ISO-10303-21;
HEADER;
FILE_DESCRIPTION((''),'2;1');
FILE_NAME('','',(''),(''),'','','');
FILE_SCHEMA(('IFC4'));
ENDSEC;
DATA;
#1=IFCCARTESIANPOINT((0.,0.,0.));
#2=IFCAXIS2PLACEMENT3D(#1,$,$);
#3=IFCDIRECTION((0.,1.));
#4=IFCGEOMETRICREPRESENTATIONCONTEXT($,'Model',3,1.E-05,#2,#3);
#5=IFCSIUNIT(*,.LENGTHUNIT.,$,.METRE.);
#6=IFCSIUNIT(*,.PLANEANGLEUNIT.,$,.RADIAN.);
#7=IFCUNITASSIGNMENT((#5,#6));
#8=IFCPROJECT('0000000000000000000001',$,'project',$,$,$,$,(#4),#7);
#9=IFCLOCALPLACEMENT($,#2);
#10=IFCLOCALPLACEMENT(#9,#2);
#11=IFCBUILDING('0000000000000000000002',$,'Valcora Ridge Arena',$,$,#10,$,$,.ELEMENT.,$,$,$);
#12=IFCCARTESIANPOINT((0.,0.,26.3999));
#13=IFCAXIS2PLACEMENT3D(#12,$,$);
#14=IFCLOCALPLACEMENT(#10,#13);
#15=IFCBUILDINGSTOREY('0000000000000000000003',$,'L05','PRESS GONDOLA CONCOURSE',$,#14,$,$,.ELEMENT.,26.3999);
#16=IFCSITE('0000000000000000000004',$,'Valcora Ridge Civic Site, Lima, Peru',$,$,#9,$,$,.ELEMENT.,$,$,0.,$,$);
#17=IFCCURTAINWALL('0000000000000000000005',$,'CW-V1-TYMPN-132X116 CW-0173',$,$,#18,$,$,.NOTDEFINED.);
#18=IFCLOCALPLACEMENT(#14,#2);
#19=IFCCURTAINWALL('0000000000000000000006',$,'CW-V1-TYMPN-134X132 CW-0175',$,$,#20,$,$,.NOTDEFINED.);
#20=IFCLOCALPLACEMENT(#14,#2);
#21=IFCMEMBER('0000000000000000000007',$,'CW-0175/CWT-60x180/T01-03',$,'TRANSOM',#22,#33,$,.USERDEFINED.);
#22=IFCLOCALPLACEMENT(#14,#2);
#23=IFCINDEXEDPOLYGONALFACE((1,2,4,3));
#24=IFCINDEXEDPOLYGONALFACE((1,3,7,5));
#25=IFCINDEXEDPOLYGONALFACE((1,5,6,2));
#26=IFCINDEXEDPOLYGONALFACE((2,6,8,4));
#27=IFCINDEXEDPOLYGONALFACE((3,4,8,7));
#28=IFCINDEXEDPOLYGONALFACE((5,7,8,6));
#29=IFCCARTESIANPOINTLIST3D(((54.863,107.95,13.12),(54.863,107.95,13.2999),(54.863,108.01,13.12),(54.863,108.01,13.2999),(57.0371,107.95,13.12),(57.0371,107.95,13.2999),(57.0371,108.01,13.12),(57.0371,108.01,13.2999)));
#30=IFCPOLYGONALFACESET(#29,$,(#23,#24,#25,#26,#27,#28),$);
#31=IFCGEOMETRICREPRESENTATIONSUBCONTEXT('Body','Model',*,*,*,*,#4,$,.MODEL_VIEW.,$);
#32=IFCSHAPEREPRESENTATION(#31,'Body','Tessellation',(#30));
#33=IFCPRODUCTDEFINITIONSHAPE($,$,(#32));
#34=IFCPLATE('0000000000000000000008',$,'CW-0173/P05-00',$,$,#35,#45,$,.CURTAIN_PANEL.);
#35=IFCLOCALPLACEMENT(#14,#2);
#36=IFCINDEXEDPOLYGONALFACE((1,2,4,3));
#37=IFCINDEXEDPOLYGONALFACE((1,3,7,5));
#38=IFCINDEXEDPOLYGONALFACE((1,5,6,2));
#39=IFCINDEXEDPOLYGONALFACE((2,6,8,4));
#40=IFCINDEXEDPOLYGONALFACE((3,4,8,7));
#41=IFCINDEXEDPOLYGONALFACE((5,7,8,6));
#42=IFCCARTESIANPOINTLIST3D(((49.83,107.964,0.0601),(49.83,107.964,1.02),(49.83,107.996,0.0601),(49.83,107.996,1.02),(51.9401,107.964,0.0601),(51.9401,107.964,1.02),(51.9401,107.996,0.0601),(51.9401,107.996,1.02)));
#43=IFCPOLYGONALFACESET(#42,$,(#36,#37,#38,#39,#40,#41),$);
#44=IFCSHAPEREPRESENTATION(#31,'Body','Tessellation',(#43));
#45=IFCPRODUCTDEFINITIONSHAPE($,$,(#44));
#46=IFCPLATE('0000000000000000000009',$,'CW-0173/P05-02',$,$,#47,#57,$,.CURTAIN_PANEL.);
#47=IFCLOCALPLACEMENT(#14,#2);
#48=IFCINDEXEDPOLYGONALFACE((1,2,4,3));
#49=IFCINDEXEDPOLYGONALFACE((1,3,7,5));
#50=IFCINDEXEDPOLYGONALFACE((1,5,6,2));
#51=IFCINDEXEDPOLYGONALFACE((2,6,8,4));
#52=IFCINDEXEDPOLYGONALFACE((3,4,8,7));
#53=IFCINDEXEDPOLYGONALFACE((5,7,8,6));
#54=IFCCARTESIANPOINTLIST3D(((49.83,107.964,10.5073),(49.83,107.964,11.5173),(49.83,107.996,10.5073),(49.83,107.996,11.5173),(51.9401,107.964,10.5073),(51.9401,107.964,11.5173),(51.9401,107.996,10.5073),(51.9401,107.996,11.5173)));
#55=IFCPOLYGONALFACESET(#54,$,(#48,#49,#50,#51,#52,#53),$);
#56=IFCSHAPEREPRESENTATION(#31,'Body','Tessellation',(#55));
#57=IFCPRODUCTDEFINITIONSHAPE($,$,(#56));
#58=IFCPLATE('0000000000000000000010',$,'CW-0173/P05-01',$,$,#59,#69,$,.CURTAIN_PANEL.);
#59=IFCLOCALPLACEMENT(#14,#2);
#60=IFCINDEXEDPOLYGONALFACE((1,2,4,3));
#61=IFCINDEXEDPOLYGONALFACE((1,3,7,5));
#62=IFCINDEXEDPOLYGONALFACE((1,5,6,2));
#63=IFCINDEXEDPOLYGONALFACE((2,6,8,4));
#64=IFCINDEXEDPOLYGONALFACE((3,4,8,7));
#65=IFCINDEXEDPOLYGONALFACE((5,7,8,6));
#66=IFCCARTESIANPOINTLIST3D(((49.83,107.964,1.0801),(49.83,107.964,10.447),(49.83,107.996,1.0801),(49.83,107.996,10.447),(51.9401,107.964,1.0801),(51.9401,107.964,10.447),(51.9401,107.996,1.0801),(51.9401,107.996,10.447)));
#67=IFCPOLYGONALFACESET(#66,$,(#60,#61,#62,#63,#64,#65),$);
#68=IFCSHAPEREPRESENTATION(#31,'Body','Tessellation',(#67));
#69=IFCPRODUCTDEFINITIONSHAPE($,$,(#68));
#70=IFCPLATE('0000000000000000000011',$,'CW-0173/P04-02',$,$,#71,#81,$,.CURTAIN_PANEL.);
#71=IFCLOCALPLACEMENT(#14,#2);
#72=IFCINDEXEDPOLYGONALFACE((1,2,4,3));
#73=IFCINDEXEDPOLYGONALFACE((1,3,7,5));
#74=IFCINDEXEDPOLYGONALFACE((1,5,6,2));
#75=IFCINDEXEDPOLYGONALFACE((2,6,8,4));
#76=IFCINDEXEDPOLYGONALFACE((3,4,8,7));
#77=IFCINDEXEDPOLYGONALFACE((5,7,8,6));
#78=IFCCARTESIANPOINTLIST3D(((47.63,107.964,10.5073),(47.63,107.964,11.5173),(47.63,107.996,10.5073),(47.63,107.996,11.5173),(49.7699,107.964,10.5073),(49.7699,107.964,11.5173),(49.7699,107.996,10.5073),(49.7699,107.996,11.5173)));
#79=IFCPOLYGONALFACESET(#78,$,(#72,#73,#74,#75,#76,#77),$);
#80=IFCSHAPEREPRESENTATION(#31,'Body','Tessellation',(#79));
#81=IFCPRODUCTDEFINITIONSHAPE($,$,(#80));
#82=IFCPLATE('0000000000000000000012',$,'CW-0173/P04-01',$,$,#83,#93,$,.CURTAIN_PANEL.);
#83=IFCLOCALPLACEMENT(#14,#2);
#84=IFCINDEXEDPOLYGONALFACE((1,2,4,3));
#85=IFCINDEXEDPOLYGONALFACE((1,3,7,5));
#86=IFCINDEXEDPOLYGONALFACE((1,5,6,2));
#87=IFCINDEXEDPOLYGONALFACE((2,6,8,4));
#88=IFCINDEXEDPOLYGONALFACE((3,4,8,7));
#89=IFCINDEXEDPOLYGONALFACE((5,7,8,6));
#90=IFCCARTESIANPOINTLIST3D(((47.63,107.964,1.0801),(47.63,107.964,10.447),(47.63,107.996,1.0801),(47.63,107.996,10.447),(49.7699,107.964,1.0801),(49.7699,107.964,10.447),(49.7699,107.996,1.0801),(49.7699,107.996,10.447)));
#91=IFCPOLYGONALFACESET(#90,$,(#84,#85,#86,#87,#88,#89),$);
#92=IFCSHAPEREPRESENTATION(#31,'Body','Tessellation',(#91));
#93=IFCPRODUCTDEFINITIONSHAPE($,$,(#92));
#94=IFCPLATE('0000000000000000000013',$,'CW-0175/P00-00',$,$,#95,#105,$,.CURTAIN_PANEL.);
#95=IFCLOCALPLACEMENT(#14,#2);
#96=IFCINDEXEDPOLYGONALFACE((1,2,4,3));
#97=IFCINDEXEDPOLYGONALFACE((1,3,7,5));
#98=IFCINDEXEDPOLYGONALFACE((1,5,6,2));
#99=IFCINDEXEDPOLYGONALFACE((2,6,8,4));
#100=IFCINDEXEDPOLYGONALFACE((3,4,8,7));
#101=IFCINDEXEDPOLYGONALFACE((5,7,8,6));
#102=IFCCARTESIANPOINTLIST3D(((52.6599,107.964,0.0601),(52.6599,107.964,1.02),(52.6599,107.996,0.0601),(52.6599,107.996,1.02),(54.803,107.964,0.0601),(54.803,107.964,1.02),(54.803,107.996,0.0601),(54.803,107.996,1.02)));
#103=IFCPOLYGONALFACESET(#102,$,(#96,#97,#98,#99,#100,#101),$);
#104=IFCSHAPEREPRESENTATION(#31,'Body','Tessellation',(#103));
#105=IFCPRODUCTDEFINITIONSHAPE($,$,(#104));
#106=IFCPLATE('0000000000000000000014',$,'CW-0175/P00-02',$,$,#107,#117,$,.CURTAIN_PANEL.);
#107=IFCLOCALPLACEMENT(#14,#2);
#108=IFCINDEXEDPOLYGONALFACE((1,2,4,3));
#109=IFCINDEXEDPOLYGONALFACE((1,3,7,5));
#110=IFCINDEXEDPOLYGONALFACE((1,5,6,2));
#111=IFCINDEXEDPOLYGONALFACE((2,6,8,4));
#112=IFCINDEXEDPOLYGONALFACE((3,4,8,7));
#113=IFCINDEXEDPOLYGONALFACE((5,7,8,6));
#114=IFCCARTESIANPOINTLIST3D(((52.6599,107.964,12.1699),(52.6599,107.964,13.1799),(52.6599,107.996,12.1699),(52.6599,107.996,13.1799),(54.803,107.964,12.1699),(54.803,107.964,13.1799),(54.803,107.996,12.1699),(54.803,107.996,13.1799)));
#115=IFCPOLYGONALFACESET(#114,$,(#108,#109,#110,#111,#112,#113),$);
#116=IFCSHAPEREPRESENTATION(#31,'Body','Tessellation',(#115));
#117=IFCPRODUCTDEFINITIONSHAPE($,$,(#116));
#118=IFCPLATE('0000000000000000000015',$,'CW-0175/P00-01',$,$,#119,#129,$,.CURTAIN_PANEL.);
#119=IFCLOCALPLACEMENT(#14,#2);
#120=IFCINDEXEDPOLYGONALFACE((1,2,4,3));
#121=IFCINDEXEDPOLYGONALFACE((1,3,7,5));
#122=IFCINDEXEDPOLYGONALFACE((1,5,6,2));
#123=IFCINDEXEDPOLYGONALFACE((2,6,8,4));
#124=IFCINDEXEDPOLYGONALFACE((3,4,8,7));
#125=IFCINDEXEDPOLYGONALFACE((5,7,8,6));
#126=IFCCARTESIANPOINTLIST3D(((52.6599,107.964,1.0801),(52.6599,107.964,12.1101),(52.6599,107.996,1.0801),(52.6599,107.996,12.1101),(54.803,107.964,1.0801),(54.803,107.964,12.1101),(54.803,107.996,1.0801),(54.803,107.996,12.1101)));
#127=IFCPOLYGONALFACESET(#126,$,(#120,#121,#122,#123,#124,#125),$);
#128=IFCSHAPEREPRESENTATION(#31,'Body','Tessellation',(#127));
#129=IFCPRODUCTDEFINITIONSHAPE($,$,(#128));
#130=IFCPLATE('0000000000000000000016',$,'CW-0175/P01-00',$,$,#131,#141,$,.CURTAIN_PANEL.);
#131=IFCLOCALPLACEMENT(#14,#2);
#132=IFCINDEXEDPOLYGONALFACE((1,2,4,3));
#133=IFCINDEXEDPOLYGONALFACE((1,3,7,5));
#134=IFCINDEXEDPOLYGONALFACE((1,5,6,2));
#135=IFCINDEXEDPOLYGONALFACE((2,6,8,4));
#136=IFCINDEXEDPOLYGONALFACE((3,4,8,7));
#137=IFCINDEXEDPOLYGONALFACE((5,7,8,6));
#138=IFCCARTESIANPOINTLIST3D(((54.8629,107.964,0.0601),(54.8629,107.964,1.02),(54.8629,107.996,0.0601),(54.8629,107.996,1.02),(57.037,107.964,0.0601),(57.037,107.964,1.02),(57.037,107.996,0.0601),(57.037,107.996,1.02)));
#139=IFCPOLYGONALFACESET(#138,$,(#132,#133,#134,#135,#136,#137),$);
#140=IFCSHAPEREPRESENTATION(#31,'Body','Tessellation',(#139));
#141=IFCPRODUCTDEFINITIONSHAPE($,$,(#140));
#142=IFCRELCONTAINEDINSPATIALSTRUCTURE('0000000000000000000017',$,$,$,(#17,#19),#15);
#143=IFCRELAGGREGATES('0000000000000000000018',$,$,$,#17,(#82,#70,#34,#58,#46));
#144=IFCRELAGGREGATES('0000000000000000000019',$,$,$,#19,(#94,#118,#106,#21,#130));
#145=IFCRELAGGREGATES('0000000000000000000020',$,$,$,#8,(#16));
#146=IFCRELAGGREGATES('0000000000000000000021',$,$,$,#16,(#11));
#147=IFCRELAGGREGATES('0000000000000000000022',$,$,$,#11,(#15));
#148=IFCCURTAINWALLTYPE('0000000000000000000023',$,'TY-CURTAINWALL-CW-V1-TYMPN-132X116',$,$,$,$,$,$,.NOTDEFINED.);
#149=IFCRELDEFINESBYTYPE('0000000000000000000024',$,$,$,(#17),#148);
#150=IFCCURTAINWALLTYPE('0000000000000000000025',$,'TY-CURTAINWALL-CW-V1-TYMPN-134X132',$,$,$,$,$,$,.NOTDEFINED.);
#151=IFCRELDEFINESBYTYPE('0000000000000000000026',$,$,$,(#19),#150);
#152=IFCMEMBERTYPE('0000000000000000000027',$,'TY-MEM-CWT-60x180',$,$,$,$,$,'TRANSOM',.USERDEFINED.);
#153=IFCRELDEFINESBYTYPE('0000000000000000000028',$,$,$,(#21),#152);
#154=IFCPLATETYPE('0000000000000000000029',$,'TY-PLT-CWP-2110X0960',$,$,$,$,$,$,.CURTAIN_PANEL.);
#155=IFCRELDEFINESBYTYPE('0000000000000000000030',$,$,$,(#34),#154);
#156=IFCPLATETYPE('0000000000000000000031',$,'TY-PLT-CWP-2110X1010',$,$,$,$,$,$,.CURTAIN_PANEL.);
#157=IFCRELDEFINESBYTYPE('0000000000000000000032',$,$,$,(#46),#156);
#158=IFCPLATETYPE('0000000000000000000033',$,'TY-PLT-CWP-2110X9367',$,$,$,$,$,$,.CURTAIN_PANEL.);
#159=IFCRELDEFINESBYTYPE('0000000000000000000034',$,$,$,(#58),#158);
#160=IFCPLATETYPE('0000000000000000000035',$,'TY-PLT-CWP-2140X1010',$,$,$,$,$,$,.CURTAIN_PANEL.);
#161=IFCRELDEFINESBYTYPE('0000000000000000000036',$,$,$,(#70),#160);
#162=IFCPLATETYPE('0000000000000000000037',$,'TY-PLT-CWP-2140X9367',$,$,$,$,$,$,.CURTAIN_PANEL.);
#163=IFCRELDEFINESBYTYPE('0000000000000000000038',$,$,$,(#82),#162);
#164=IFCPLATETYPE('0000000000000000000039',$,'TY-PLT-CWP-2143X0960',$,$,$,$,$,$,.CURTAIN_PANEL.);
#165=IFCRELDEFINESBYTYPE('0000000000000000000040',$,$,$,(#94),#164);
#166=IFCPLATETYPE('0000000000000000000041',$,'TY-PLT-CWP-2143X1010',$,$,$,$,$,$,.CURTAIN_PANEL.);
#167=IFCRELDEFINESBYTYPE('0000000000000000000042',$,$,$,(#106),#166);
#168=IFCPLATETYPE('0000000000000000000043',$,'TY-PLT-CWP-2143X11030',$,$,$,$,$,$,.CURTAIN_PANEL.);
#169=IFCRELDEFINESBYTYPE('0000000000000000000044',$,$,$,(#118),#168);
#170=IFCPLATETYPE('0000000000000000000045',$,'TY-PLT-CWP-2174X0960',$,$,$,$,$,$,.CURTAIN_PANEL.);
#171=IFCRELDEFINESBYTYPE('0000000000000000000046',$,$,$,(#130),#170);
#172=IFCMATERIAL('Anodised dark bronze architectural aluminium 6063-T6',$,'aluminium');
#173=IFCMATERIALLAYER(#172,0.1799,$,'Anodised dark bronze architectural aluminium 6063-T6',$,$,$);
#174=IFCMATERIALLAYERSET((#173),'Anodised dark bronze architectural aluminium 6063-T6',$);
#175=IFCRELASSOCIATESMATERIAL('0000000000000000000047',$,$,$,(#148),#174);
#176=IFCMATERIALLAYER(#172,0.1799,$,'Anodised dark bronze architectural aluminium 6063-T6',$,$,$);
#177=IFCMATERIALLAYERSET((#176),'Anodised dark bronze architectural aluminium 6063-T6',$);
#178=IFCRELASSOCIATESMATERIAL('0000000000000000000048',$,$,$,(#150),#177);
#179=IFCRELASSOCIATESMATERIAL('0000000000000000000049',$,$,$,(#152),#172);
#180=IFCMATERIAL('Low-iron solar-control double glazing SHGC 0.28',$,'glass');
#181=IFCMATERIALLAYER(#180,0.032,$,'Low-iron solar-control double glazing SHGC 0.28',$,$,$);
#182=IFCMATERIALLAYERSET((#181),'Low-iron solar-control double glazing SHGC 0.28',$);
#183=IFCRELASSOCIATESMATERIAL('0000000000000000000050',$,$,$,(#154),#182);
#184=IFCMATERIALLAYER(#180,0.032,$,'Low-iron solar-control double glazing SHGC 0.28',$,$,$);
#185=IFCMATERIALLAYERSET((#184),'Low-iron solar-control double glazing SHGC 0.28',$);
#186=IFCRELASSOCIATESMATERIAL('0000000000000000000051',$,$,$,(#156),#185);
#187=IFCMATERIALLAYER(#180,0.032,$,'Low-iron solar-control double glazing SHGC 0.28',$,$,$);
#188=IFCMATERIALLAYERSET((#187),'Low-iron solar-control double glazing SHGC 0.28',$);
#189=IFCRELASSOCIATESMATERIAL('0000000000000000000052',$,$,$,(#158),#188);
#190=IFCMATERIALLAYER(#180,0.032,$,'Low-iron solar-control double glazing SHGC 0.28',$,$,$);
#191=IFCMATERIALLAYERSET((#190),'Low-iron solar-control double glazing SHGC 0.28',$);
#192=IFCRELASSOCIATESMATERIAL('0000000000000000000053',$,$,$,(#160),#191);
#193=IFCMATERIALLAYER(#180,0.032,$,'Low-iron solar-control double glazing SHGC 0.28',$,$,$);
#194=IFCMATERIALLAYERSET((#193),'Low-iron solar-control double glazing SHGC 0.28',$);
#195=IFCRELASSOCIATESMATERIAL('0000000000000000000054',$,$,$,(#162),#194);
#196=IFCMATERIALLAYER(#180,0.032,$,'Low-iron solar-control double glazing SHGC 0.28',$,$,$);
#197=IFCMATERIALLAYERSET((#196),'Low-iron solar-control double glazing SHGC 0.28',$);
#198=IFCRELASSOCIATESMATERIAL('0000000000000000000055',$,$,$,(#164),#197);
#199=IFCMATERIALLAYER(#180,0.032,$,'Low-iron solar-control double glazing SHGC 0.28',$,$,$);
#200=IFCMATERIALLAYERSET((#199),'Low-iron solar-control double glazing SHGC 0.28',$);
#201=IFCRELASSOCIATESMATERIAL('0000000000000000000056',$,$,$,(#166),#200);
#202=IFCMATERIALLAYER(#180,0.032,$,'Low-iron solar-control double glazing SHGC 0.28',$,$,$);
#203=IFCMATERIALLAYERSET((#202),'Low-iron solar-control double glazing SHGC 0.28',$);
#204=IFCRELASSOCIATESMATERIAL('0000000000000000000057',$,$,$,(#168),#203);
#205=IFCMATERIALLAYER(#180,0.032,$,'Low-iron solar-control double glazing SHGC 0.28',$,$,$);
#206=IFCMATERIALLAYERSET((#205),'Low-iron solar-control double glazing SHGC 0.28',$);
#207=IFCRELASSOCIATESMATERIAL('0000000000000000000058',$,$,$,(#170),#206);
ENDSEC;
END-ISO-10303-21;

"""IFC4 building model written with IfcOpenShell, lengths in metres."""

from ifc_helpers import new_model, si_unit, direction, frame, origin, origin_2d, place, context, subcontext, project, spatial, rectangle, extrude, material, layer, layer_set, material_profile, profile_set, type_object, element, aggregate, save


model = new_model("IFC4")

# Units and contexts
model_context = context("Model", 3, precision=1e-05, world=origin(), true_north=direction((0.0, 1.0)))
body_context = subcontext(model_context, "Body", "Model", "MODEL_VIEW")
ifc_project = project(units=[si_unit("LENGTHUNIT", "METRE"), si_unit("PLANEANGLEUNIT", "RADIAN")], contexts=[model_context])

# Site, building, storey
site_placement = place(None, origin())
site = spatial("IfcSite", under=ifc_project, at=site_placement, Name="Valcora Ridge Civic Site, Lima, Peru", CompositionType="ELEMENT", RefElevation=0.0)
building_placement = place(site_placement, origin())
building = spatial("IfcBuilding", under=site, at=building_placement, Name="Valcora Ridge Arena", CompositionType="ELEMENT")
storey_placement = place(building_placement, frame((0.0, 0.0, 26.3999)))
storey = spatial("IfcBuildingStorey", under=building, at=storey_placement, Name="L05", Description="PRESS GONDOLA CONCOURSE", CompositionType="ELEMENT", Elevation=26.3999)

# Curtain walls
ifc_material_1 = material(Name="Anodised dark bronze architectural aluminium 6063-T6", Category="aluminium")
ifc_layer_1 = layer(ifc_material_1, 0.1799, Name="Anodised dark bronze architectural aluminium 6063-T6")
ifc_layer_set_1 = layer_set([ifc_layer_1], Name="Anodised dark bronze architectural aluminium 6063-T6")
curtain_wall_type_1 = type_object("IfcCurtainWallType", Name="TY-CURTAINWALL-CW-V1-TYMPN-132X116", PredefinedType="NOTDEFINED", material=ifc_layer_set_1)
curtain_wall_1_placement = place(storey_placement, origin())
curtain_wall_1 = element("IfcCurtainWall", 1, at=curtain_wall_1_placement, inside=storey, type_object=curtain_wall_type_1, Name="CW-V1-TYMPN-132X116 CW-0173", PredefinedType="NOTDEFINED")
ifc_layer_2 = layer(ifc_material_1, 0.1799, Name="Anodised dark bronze architectural aluminium 6063-T6")
ifc_layer_set_2 = layer_set([ifc_layer_2], Name="Anodised dark bronze architectural aluminium 6063-T6")
curtain_wall_type_2 = type_object("IfcCurtainWallType", Name="TY-CURTAINWALL-CW-V1-TYMPN-134X132", PredefinedType="NOTDEFINED", material=ifc_layer_set_2)
curtain_wall_2_placement = place(storey_placement, origin())
curtain_wall_2 = element("IfcCurtainWall", 2, at=curtain_wall_2_placement, inside=storey, type_object=curtain_wall_type_2, Name="CW-V1-TYMPN-134X132 CW-0175", PredefinedType="NOTDEFINED")

# Member
ifc_material_profile_1 = material_profile(ifc_material_1, rectangle(XDim=0.0601, YDim=0.1799, at=origin_2d()), Name="ALU TRANSOM 60x180")
ifc_profile_set_1 = profile_set([ifc_material_profile_1], Name="Anodised dark bronze architectural aluminium 6063-T6")
member_type_1 = type_object("IfcMemberType", Name="TY-MEM-CWT-60x180", ElementType="TRANSOM", PredefinedType="USERDEFINED", material=ifc_profile_set_1)
member_1_placement = place(storey_placement, frame((54.863, 107.98, 13.21), z_axis=(1.0, 0.0, 0.0), x_axis=(0.0, 1.0, 0.0)))
member_1 = element("IfcMember", 3, at=member_1_placement, type_object=member_type_1, Name="CW-0175/CWT-60x180/T01-03", ObjectType="TRANSOM", PredefinedType="USERDEFINED", context=body_context, shape_type="SweptSolid", body=[
    extrude(rectangle(XDim=0.0601, YDim=0.1799, at=origin_2d()), origin(), (0.0, 0.0, 1.0), 2.1741),
])

# Plates
ifc_material_2 = material(Name="Low-iron solar-control double glazing SHGC 0.28", Category="glass")
ifc_layer_3 = layer(ifc_material_2, 0.032, Name="Low-iron solar-control double glazing SHGC 0.28")
ifc_layer_set_3 = layer_set([ifc_layer_3], Name="Low-iron solar-control double glazing SHGC 0.28")
plate_type_1 = type_object("IfcPlateType", Name="TY-PLT-CWP-2110X0960", PredefinedType="CURTAIN_PANEL", material=ifc_layer_set_3)
plate_1_placement = place(storey_placement, frame((50.885, 107.98, 0.0601), z_axis=(0.0, 0.0, 1.0), x_axis=(1.0, 0.0, 0.0)))
plate_1 = element("IfcPlate", 4, at=plate_1_placement, type_object=plate_type_1, Name="CW-0173/P05-00", PredefinedType="CURTAIN_PANEL", context=body_context, shape_type="SweptSolid", body=[
    extrude(rectangle(XDim=2.1101, YDim=0.032, at=origin_2d()), origin(), (0.0, 0.0, 1.0), 0.96),
])
ifc_layer_4 = layer(ifc_material_2, 0.032, Name="Low-iron solar-control double glazing SHGC 0.28")
ifc_layer_set_4 = layer_set([ifc_layer_4], Name="Low-iron solar-control double glazing SHGC 0.28")
plate_type_2 = type_object("IfcPlateType", Name="TY-PLT-CWP-2110X1010", PredefinedType="CURTAIN_PANEL", material=ifc_layer_set_4)
plate_2_placement = place(storey_placement, frame((50.885, 107.98, 10.5073), z_axis=(0.0, 0.0, 1.0), x_axis=(1.0, 0.0, 0.0)))
plate_2 = element("IfcPlate", 5, at=plate_2_placement, type_object=plate_type_2, Name="CW-0173/P05-02", PredefinedType="CURTAIN_PANEL", context=body_context, shape_type="SweptSolid", body=[
    extrude(rectangle(XDim=2.1101, YDim=0.032, at=origin_2d()), origin(), (0.0, 0.0, 1.0), 1.01),
])
ifc_layer_5 = layer(ifc_material_2, 0.032, Name="Low-iron solar-control double glazing SHGC 0.28")
ifc_layer_set_5 = layer_set([ifc_layer_5], Name="Low-iron solar-control double glazing SHGC 0.28")
plate_type_3 = type_object("IfcPlateType", Name="TY-PLT-CWP-2110X9367", PredefinedType="CURTAIN_PANEL", material=ifc_layer_set_5)
plate_3_placement = place(storey_placement, frame((50.885, 107.98, 1.0801), z_axis=(0.0, 0.0, 1.0), x_axis=(1.0, 0.0, 0.0)))
plate_3 = element("IfcPlate", 6, at=plate_3_placement, type_object=plate_type_3, Name="CW-0173/P05-01", PredefinedType="CURTAIN_PANEL", context=body_context, shape_type="SweptSolid", body=[
    extrude(rectangle(XDim=2.1101, YDim=0.032, at=origin_2d()), origin(), (0.0, 0.0, 1.0), 9.3669),
])
ifc_layer_6 = layer(ifc_material_2, 0.032, Name="Low-iron solar-control double glazing SHGC 0.28")
ifc_layer_set_6 = layer_set([ifc_layer_6], Name="Low-iron solar-control double glazing SHGC 0.28")
plate_type_4 = type_object("IfcPlateType", Name="TY-PLT-CWP-2140X1010", PredefinedType="CURTAIN_PANEL", material=ifc_layer_set_6)
plate_4_placement = place(storey_placement, frame((48.7, 107.98, 10.5073), z_axis=(0.0, 0.0, 1.0), x_axis=(1.0, 0.0, 0.0)))
plate_4 = element("IfcPlate", 7, at=plate_4_placement, type_object=plate_type_4, Name="CW-0173/P04-02", PredefinedType="CURTAIN_PANEL", context=body_context, shape_type="SweptSolid", body=[
    extrude(rectangle(XDim=2.1399, YDim=0.032, at=origin_2d()), origin(), (0.0, 0.0, 1.0), 1.01),
])
ifc_layer_7 = layer(ifc_material_2, 0.032, Name="Low-iron solar-control double glazing SHGC 0.28")
ifc_layer_set_7 = layer_set([ifc_layer_7], Name="Low-iron solar-control double glazing SHGC 0.28")
plate_type_5 = type_object("IfcPlateType", Name="TY-PLT-CWP-2140X9367", PredefinedType="CURTAIN_PANEL", material=ifc_layer_set_7)
plate_5_placement = place(storey_placement, frame((48.7, 107.98, 1.0801), z_axis=(0.0, 0.0, 1.0), x_axis=(1.0, 0.0, 0.0)))
plate_5 = element("IfcPlate", 8, at=plate_5_placement, type_object=plate_type_5, Name="CW-0173/P04-01", PredefinedType="CURTAIN_PANEL", context=body_context, shape_type="SweptSolid", body=[
    extrude(rectangle(XDim=2.1399, YDim=0.032, at=origin_2d()), origin(), (0.0, 0.0, 1.0), 9.3669),
])
aggregate(curtain_wall_1, [plate_5, plate_4, plate_1, plate_3, plate_2])
ifc_layer_8 = layer(ifc_material_2, 0.032, Name="Low-iron solar-control double glazing SHGC 0.28")
ifc_layer_set_8 = layer_set([ifc_layer_8], Name="Low-iron solar-control double glazing SHGC 0.28")
plate_type_6 = type_object("IfcPlateType", Name="TY-PLT-CWP-2143X0960", PredefinedType="CURTAIN_PANEL", material=ifc_layer_set_8)
plate_6_placement = place(storey_placement, frame((53.7314, 107.98, 0.0601), z_axis=(0.0, 0.0, 1.0), x_axis=(1.0, 0.0, 0.0)))
plate_6 = element("IfcPlate", 9, at=plate_6_placement, type_object=plate_type_6, Name="CW-0175/P00-00", PredefinedType="CURTAIN_PANEL", context=body_context, shape_type="SweptSolid", body=[
    extrude(rectangle(XDim=2.1431, YDim=0.032, at=origin_2d()), origin(), (0.0, 0.0, 1.0), 0.96),
])
ifc_layer_9 = layer(ifc_material_2, 0.032, Name="Low-iron solar-control double glazing SHGC 0.28")
ifc_layer_set_9 = layer_set([ifc_layer_9], Name="Low-iron solar-control double glazing SHGC 0.28")
plate_type_7 = type_object("IfcPlateType", Name="TY-PLT-CWP-2143X1010", PredefinedType="CURTAIN_PANEL", material=ifc_layer_set_9)
plate_7_placement = place(storey_placement, frame((53.7314, 107.98, 12.1699), z_axis=(0.0, 0.0, 1.0), x_axis=(1.0, 0.0, 0.0)))
plate_7 = element("IfcPlate", 10, at=plate_7_placement, type_object=plate_type_7, Name="CW-0175/P00-02", PredefinedType="CURTAIN_PANEL", context=body_context, shape_type="SweptSolid", body=[
    extrude(rectangle(XDim=2.1431, YDim=0.032, at=origin_2d()), origin(), (0.0, 0.0, 1.0), 1.01),
])
ifc_layer_10 = layer(ifc_material_2, 0.032, Name="Low-iron solar-control double glazing SHGC 0.28")
ifc_layer_set_10 = layer_set([ifc_layer_10], Name="Low-iron solar-control double glazing SHGC 0.28")
plate_type_8 = type_object("IfcPlateType", Name="TY-PLT-CWP-2143X11030", PredefinedType="CURTAIN_PANEL", material=ifc_layer_set_10)
plate_8_placement = place(storey_placement, frame((53.7314, 107.98, 1.0801), z_axis=(0.0, 0.0, 1.0), x_axis=(1.0, 0.0, 0.0)))
plate_8 = element("IfcPlate", 11, at=plate_8_placement, type_object=plate_type_8, Name="CW-0175/P00-01", PredefinedType="CURTAIN_PANEL", context=body_context, shape_type="SweptSolid", body=[
    extrude(rectangle(XDim=2.1431, YDim=0.032, at=origin_2d()), origin(), (0.0, 0.0, 1.0), 11.03),
])
ifc_layer_11 = layer(ifc_material_2, 0.032, Name="Low-iron solar-control double glazing SHGC 0.28")
ifc_layer_set_11 = layer_set([ifc_layer_11], Name="Low-iron solar-control double glazing SHGC 0.28")
plate_type_9 = type_object("IfcPlateType", Name="TY-PLT-CWP-2174X0960", PredefinedType="CURTAIN_PANEL", material=ifc_layer_set_11)
plate_9_placement = place(storey_placement, frame((55.95, 107.98, 0.0601), z_axis=(0.0, 0.0, 1.0), x_axis=(1.0, 0.0, 0.0)))
plate_9 = element("IfcPlate", 12, at=plate_9_placement, type_object=plate_type_9, Name="CW-0175/P01-00", PredefinedType="CURTAIN_PANEL", context=body_context, shape_type="SweptSolid", body=[
    extrude(rectangle(XDim=2.1741, YDim=0.032, at=origin_2d()), origin(), (0.0, 0.0, 1.0), 0.96),
])
aggregate(curtain_wall_2, [plate_6, plate_8, plate_7, member_1, plate_9])

save(model, "model.ifc")
